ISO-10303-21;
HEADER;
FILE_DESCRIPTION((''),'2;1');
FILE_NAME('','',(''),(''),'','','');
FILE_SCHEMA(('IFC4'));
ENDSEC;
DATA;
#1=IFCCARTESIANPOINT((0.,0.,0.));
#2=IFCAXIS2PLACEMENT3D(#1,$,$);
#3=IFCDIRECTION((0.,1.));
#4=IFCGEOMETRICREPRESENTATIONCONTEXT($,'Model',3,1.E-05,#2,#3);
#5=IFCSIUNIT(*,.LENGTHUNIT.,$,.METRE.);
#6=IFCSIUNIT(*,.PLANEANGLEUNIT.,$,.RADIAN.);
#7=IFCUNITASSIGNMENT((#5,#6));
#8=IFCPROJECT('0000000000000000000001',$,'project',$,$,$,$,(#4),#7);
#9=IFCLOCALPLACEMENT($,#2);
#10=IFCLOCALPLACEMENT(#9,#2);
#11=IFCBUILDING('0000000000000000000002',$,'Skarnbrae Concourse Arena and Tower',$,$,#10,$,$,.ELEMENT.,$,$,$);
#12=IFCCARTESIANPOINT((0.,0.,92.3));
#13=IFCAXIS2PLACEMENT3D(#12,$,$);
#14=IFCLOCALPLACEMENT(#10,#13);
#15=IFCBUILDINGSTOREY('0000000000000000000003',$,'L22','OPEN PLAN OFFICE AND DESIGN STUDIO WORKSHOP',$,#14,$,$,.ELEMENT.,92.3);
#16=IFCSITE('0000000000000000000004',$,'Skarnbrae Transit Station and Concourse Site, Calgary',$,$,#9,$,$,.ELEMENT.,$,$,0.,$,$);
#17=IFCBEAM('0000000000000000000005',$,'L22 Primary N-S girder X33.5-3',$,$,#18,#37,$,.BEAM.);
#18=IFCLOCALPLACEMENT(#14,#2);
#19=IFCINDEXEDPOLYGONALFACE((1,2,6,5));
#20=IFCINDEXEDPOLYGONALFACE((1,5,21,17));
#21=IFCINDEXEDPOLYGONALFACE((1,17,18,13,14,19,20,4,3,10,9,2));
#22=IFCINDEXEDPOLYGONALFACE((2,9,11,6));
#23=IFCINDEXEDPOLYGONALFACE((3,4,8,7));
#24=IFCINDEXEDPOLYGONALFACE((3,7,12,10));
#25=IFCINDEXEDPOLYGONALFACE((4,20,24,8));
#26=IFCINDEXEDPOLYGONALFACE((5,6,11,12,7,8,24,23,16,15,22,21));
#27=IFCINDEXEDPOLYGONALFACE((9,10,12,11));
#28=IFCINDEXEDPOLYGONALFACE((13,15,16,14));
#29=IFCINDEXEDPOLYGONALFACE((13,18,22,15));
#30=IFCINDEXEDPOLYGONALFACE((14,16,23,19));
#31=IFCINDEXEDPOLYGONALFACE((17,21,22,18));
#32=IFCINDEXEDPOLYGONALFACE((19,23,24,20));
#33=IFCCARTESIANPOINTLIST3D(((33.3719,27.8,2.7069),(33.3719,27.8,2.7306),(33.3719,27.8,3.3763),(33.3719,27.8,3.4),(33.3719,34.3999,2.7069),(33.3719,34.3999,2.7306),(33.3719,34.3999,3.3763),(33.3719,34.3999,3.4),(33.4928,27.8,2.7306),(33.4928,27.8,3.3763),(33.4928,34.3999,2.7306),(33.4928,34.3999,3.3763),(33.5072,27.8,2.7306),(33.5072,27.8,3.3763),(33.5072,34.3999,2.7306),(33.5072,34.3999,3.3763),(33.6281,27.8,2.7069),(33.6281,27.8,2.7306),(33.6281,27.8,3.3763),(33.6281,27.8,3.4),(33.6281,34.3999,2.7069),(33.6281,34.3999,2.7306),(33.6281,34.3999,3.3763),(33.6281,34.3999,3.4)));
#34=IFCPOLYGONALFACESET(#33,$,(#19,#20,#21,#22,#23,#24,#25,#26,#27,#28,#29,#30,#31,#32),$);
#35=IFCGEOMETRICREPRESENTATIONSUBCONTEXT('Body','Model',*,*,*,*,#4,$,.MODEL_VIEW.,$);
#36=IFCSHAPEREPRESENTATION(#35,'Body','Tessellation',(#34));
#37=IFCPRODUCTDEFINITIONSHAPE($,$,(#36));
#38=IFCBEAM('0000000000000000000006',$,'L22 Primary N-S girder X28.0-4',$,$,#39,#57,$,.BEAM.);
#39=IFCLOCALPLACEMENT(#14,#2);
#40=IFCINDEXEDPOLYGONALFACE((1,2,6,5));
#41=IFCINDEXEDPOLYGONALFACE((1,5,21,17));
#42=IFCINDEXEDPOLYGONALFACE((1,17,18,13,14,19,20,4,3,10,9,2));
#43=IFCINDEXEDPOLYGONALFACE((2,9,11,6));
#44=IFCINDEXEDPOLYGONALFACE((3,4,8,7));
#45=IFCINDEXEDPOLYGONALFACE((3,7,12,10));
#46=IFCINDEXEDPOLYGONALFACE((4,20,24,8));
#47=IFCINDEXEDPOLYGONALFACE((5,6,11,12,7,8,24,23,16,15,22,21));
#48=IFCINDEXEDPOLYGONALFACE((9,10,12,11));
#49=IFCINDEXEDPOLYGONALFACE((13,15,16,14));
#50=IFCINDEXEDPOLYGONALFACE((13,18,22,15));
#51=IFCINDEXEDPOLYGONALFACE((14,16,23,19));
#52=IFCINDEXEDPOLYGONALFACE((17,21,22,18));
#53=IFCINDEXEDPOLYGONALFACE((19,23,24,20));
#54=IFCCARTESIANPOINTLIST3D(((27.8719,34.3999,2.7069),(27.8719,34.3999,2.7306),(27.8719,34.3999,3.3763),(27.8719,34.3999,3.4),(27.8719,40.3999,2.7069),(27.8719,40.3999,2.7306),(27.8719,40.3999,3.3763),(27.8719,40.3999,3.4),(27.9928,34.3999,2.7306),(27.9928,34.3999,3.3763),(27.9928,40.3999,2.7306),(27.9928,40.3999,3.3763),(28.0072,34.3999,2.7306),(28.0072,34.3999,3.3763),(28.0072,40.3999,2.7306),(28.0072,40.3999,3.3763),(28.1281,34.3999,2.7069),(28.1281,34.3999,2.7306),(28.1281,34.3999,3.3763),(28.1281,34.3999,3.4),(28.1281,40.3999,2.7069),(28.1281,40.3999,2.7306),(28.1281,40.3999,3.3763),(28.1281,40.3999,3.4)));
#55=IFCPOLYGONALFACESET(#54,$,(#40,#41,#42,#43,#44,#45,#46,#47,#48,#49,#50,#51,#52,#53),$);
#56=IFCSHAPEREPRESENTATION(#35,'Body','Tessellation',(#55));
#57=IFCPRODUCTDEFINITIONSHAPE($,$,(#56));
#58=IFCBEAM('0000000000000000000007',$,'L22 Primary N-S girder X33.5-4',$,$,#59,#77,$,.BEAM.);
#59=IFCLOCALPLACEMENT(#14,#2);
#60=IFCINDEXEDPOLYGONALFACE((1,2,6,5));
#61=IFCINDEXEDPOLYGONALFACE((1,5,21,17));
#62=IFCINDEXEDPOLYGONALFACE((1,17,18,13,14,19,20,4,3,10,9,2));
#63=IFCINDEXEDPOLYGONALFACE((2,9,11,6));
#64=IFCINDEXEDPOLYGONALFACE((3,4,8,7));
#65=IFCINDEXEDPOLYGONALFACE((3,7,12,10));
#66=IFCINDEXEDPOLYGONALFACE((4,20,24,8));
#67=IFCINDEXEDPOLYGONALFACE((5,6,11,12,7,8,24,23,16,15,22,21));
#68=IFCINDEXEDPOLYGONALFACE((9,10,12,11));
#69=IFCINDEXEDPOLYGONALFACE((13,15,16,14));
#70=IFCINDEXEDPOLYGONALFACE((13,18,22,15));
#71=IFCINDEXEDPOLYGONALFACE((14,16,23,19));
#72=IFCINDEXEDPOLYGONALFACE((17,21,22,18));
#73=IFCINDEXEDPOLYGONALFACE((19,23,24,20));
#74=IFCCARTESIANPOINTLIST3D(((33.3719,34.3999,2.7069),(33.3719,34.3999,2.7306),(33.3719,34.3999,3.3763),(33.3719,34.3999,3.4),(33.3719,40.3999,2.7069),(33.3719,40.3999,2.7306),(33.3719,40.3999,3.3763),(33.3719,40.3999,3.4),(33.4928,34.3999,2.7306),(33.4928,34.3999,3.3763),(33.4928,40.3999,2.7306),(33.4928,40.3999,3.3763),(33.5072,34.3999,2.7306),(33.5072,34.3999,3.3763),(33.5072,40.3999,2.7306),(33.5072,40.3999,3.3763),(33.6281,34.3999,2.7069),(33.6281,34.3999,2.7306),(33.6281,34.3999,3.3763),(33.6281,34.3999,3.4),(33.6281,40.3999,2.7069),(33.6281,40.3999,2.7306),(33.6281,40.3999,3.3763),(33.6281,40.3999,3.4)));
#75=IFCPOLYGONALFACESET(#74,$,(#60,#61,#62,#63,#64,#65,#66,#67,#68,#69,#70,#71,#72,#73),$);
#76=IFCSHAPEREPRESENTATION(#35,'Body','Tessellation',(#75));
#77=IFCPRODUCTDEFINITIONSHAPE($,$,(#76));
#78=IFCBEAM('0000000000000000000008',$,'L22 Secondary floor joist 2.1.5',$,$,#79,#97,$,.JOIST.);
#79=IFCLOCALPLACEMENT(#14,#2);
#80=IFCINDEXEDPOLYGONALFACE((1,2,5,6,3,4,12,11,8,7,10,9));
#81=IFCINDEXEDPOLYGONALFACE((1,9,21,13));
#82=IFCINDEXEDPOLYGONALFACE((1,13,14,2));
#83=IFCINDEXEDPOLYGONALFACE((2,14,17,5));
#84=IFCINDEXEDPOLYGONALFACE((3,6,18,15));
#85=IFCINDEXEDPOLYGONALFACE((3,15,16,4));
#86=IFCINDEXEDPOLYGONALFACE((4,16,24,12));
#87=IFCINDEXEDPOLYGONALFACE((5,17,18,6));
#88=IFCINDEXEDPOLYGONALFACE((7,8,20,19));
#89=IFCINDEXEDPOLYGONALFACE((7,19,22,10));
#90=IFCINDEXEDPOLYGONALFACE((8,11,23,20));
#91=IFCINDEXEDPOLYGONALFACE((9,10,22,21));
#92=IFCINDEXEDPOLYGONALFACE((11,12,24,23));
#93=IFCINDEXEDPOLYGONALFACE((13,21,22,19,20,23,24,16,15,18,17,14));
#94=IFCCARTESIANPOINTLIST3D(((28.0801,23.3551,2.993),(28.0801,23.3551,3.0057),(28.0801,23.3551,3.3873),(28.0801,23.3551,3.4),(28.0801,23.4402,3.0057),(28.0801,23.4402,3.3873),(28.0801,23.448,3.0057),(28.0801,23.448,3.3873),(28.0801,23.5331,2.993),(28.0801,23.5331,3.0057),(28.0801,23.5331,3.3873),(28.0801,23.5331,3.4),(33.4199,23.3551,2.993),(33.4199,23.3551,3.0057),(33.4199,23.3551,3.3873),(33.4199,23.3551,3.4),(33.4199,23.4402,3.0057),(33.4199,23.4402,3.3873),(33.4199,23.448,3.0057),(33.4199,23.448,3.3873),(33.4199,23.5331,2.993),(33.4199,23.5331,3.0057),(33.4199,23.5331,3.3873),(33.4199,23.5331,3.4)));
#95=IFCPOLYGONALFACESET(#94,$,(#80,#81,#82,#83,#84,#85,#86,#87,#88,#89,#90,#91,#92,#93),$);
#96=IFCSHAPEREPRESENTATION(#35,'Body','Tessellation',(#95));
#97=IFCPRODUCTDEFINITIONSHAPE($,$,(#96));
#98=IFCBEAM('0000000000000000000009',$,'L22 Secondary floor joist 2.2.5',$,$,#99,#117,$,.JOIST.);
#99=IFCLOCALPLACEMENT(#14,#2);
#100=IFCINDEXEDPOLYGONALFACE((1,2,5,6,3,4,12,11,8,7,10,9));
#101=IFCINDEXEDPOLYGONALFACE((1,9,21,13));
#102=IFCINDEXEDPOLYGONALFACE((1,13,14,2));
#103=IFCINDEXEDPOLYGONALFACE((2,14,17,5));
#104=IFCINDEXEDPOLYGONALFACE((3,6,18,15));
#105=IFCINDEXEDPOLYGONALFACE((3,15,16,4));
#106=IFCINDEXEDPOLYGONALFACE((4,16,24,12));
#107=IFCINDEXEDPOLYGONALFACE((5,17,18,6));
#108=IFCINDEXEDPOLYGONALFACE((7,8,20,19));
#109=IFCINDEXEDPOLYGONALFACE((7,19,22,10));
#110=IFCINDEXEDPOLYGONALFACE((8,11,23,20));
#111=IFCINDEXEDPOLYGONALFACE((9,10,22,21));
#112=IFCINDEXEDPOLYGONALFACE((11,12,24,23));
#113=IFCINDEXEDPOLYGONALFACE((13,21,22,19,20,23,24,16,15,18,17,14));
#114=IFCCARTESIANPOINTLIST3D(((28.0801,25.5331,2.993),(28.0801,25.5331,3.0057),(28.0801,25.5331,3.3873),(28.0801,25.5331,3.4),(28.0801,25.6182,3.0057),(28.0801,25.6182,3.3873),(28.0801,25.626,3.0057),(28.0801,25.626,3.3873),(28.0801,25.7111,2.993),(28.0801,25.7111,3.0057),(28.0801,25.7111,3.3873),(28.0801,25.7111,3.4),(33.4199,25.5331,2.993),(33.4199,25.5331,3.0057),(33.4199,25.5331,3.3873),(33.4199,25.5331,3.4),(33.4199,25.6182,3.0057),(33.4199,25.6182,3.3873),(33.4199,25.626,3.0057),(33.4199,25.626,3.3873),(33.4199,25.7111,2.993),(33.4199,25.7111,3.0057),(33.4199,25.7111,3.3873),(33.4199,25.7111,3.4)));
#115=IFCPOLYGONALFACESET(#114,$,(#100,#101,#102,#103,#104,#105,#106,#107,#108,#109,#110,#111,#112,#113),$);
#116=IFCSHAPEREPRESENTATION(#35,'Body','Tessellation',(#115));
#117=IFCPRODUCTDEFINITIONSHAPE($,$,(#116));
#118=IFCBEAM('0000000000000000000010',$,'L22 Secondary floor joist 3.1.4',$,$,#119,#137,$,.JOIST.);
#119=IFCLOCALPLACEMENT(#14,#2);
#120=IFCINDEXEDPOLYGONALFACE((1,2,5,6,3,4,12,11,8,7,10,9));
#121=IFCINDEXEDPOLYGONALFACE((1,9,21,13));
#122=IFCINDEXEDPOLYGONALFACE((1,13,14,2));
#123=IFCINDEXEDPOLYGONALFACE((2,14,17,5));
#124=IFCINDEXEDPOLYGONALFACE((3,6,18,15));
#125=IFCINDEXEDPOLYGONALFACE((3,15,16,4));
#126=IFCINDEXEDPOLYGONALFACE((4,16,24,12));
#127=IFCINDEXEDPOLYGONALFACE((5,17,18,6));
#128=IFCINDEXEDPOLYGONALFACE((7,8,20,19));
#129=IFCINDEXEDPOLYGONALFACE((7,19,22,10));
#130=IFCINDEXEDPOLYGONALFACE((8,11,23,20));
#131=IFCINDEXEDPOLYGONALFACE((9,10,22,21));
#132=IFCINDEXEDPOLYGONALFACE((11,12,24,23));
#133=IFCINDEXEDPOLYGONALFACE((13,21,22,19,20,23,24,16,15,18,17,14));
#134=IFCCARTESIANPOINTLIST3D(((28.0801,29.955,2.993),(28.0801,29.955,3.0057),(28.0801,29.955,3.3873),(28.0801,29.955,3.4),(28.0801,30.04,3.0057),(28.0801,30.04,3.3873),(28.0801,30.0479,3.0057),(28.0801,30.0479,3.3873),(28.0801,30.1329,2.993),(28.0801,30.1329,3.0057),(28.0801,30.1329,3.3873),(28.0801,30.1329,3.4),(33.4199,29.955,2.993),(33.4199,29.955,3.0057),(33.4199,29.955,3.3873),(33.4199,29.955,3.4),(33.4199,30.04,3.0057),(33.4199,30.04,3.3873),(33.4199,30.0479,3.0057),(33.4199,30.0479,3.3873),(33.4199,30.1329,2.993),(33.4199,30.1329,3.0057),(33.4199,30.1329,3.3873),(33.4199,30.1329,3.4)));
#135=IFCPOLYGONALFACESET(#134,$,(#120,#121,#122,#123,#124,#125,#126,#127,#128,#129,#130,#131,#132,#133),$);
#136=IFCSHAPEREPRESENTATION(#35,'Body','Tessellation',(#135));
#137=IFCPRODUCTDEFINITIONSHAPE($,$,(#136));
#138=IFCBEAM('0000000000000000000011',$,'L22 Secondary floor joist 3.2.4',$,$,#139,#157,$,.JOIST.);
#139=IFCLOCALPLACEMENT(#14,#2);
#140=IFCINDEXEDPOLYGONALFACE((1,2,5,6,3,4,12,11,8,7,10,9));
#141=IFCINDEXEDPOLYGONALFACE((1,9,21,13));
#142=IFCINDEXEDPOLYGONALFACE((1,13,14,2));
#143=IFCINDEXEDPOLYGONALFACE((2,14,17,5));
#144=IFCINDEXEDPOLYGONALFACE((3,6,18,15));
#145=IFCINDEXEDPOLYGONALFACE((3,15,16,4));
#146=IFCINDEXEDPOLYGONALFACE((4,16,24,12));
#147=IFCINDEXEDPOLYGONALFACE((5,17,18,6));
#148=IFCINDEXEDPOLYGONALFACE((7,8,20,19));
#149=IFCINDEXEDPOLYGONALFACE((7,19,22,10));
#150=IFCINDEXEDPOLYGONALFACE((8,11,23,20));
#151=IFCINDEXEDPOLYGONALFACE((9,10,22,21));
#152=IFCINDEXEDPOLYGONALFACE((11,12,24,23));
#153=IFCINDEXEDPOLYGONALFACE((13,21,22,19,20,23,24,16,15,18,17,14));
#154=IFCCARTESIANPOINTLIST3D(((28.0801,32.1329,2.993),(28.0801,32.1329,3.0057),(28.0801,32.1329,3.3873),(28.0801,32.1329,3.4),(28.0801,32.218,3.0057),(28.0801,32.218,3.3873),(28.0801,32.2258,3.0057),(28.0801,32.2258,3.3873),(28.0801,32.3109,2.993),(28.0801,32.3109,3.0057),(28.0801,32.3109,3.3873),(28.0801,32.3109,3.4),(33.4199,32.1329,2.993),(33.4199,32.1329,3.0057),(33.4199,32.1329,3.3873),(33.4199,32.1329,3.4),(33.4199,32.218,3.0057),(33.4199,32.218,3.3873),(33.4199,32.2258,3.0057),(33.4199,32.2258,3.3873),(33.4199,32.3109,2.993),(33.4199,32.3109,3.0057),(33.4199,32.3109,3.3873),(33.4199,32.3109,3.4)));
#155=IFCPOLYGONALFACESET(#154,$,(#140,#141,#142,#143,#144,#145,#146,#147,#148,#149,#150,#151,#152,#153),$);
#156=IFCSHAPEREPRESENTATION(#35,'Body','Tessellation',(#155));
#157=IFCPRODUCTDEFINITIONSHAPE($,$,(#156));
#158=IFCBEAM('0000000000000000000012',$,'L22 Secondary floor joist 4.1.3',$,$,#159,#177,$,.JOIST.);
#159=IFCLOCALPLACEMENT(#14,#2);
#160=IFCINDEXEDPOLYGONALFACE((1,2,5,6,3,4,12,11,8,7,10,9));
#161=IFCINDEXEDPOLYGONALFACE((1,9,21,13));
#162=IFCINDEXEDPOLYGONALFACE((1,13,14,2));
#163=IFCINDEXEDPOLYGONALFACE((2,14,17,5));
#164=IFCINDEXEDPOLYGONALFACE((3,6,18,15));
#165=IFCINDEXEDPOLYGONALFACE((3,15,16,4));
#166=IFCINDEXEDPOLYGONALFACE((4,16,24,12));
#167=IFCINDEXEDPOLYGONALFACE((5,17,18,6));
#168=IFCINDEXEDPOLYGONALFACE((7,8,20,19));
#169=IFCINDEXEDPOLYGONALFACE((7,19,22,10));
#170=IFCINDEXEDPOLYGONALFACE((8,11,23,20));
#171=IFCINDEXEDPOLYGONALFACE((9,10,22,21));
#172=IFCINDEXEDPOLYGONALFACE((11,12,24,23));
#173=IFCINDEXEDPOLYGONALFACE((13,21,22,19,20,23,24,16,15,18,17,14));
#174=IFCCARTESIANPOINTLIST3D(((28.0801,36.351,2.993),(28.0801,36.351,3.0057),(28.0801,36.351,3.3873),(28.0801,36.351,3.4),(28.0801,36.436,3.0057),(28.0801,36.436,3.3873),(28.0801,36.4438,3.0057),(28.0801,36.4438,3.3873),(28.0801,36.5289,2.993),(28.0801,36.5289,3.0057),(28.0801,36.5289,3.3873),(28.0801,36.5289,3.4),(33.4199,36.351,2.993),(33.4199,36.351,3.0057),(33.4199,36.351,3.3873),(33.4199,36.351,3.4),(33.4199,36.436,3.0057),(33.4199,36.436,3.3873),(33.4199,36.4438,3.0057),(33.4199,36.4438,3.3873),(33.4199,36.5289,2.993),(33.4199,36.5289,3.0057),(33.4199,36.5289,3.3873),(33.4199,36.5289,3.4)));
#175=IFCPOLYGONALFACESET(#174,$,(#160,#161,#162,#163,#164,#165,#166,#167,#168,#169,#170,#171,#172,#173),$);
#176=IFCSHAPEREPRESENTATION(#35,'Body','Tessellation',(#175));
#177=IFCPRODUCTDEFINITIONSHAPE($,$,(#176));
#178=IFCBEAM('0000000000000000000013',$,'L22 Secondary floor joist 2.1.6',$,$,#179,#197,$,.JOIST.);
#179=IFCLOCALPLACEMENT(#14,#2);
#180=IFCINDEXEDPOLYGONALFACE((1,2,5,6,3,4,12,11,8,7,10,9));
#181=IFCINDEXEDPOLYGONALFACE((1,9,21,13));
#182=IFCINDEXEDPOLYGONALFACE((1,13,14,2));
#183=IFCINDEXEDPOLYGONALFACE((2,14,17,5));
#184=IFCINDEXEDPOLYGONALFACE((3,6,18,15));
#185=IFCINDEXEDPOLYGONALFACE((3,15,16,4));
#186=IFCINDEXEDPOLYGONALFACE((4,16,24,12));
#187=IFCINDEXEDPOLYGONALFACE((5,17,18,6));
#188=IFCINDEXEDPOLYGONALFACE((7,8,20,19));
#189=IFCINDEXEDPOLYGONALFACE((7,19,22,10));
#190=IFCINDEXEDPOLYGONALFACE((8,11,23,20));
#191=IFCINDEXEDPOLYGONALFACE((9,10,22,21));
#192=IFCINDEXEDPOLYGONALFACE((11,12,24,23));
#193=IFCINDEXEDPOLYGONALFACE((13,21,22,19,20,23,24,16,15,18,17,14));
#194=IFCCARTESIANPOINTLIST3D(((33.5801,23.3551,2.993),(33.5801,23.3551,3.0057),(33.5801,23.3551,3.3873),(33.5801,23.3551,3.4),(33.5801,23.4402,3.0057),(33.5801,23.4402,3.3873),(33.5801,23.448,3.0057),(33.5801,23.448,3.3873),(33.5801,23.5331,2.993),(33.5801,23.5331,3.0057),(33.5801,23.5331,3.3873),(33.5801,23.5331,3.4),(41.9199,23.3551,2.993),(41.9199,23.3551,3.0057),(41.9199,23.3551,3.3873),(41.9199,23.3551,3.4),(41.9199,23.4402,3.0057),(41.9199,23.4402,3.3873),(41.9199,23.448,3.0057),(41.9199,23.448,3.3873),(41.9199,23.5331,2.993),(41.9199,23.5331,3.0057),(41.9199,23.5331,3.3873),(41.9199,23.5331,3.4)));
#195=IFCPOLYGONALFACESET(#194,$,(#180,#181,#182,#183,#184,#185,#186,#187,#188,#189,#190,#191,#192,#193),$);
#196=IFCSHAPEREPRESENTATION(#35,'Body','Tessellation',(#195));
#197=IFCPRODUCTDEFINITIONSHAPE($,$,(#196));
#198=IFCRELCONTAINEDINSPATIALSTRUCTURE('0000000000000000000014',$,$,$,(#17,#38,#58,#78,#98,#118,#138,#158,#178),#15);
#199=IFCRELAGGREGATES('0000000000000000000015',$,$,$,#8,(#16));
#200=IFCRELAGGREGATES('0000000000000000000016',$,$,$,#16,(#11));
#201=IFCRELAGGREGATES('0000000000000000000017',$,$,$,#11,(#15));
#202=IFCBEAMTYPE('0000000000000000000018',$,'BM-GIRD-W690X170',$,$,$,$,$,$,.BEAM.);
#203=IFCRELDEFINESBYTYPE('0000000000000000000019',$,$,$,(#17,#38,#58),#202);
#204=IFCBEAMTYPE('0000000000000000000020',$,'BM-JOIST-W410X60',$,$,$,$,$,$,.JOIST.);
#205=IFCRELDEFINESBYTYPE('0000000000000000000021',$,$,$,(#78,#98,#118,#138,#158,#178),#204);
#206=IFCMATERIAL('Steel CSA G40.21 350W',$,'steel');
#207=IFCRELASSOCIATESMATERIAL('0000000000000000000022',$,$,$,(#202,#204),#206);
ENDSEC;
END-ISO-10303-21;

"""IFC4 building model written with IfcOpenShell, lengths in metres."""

from ifc_helpers import new_model, si_unit, direction, frame, origin, origin_2d, place, context, subcontext, project, spatial, i_section, extrude, source, transform, mapped, material, material_profile, profile_set, type_object, element, save


model = new_model("IFC4")

# Units and contexts
model_context = context("Model", 3, precision=1e-05, world=origin(), true_north=direction((0.0, 1.0)))
body_context = subcontext(model_context, "Body", "Model", "MODEL_VIEW")
ifc_project = project(units=[si_unit("LENGTHUNIT", "METRE"), si_unit("PLANEANGLEUNIT", "RADIAN")], contexts=[model_context])

# Site, building, storey
site_placement = place(None, origin())
site = spatial("IfcSite", under=ifc_project, at=site_placement, Name="Skarnbrae Transit Station and Concourse Site, Calgary", CompositionType="ELEMENT", RefElevation=0.0)
building_placement = place(site_placement, origin())
building = spatial("IfcBuilding", under=site, at=building_placement, Name="Skarnbrae Concourse Arena and Tower", CompositionType="ELEMENT")
storey_placement = place(building_placement, frame((0.0, 0.0, 92.3)))
storey = spatial("IfcBuildingStorey", under=building, at=storey_placement, Name="L22", Description="OPEN PLAN OFFICE AND DESIGN STUDIO WORKSHOP", CompositionType="ELEMENT", Elevation=92.3)

# Shared definitions
ifc_material_1 = material(Name="Steel CSA G40.21 350W", Category="steel")

# Beams
ifc_material_profile_1 = material_profile(ifc_material_1, i_section(OverallWidth=0.2561, OverallDepth=0.6931, WebThickness=0.0144, FlangeThickness=0.0237, at=origin_2d()), Name="W690X170")
ifc_profile_set_1 = profile_set([ifc_material_profile_1], Name="Steel CSA G40.21 350W")
beam_type_1 = type_object("IfcBeamType", Name="BM-GIRD-W690X170", PredefinedType="BEAM", material=ifc_profile_set_1)
shared_shape_1 = source(origin(), body_context, "Body", "SweptSolid", [
    extrude(i_section(OverallWidth=0.2561, OverallDepth=0.6931, WebThickness=0.0144, FlangeThickness=0.0237, at=origin_2d()), origin(), (0.0, 0.0, 1.0), 6.5999),
])
for number, where, z_axis, x_axis, name in (
    (1, (33.5, 27.8, 3.0535), (0.0, 1.0, 0.0), (-1.0, 0.0, 0.0), "L22 Primary N-S girder X33.5-3"),
):
    element("IfcBeam", number, at=place(storey_placement, frame(where, z_axis=z_axis, x_axis=x_axis)), inside=storey, type_object=beam_type_1, Name=name, PredefinedType="BEAM", context=body_context, shape_type="MappedRepresentation", body=[
        mapped(shared_shape_1, transform((0.0, 0.0, 0.0))),
    ])
shared_shape_2 = source(origin(), body_context, "Body", "SweptSolid", [
    extrude(i_section(OverallWidth=0.2561, OverallDepth=0.6931, WebThickness=0.0144, FlangeThickness=0.0237, at=origin_2d()), origin(), (0.0, 0.0, 1.0), 6.0),
])
for number, where, z_axis, x_axis, name in (
    (2, (28.0, 34.3999, 3.0535), (0.0, 1.0, 0.0), (-1.0, 0.0, 0.0), "L22 Primary N-S girder X28.0-4"),
    (3, (33.5, 34.3999, 3.0535), (0.0, 1.0, 0.0), (-1.0, 0.0, 0.0), "L22 Primary N-S girder X33.5-4"),
):
    element("IfcBeam", number, at=place(storey_placement, frame(where, z_axis=z_axis, x_axis=x_axis)), inside=storey, type_object=beam_type_1, Name=name, PredefinedType="BEAM", context=body_context, shape_type="MappedRepresentation", body=[
        mapped(shared_shape_2, transform((0.0, 0.0, 0.0))),
    ])
ifc_material_profile_2 = material_profile(ifc_material_1, i_section(OverallWidth=0.178, OverallDepth=0.407, WebThickness=0.0078, FlangeThickness=0.0127, at=origin_2d()), Name="W410X60")
ifc_profile_set_2 = profile_set([ifc_material_profile_2], Name="Steel CSA G40.21 350W")
beam_type_2 = type_object("IfcBeamType", Name="BM-JOIST-W410X60", PredefinedType="JOIST", material=ifc_profile_set_2)
shared_shape_3 = source(origin(), body_context, "Body", "SweptSolid", [
    extrude(i_section(OverallWidth=0.178, OverallDepth=0.407, WebThickness=0.0078, FlangeThickness=0.0127, at=origin_2d()), origin(), (0.0, 0.0, 1.0), 5.3398),
])
for number, where, z_axis, x_axis, name in (
    (4, (28.0801, 23.4441, 3.1965), (1.0, 0.0, 0.0), (0.0, 1.0, 0.0), "L22 Secondary floor joist 2.1.5"),
    (5, (28.0801, 25.6221, 3.1965), (1.0, 0.0, 0.0), (0.0, 1.0, 0.0), "L22 Secondary floor joist 2.2.5"),
    (6, (28.0801, 30.0439, 3.1965), (1.0, 0.0, 0.0), (0.0, 1.0, 0.0), "L22 Secondary floor joist 3.1.4"),
    (7, (28.0801, 32.2219, 3.1965), (1.0, 0.0, 0.0), (0.0, 1.0, 0.0), "L22 Secondary floor joist 3.2.4"),
    (8, (28.0801, 36.4399, 3.1965), (1.0, 0.0, 0.0), (0.0, 1.0, 0.0), "L22 Secondary floor joist 4.1.3"),
):
    element("IfcBeam", number, at=place(storey_placement, frame(where, z_axis=z_axis, x_axis=x_axis)), inside=storey, type_object=beam_type_2, Name=name, PredefinedType="JOIST", context=body_context, shape_type="MappedRepresentation", body=[
        mapped(shared_shape_3, transform((0.0, 0.0, 0.0))),
    ])
shared_shape_4 = source(origin(), body_context, "Body", "SweptSolid", [
    extrude(i_section(OverallWidth=0.178, OverallDepth=0.407, WebThickness=0.0078, FlangeThickness=0.0127, at=origin_2d()), origin(), (0.0, 0.0, 1.0), 8.3398),
])
for number, where, z_axis, x_axis, name in (
    (9, (33.5801, 23.4441, 3.1965), (1.0, 0.0, 0.0), (0.0, 1.0, 0.0), "L22 Secondary floor joist 2.1.6"),
):
    element("IfcBeam", number, at=place(storey_placement, frame(where, z_axis=z_axis, x_axis=x_axis)), inside=storey, type_object=beam_type_2, Name=name, PredefinedType="JOIST", context=body_context, shape_type="MappedRepresentation", body=[
        mapped(shared_shape_4, transform((0.0, 0.0, 0.0))),
    ])

save(model, "model.ifc")
